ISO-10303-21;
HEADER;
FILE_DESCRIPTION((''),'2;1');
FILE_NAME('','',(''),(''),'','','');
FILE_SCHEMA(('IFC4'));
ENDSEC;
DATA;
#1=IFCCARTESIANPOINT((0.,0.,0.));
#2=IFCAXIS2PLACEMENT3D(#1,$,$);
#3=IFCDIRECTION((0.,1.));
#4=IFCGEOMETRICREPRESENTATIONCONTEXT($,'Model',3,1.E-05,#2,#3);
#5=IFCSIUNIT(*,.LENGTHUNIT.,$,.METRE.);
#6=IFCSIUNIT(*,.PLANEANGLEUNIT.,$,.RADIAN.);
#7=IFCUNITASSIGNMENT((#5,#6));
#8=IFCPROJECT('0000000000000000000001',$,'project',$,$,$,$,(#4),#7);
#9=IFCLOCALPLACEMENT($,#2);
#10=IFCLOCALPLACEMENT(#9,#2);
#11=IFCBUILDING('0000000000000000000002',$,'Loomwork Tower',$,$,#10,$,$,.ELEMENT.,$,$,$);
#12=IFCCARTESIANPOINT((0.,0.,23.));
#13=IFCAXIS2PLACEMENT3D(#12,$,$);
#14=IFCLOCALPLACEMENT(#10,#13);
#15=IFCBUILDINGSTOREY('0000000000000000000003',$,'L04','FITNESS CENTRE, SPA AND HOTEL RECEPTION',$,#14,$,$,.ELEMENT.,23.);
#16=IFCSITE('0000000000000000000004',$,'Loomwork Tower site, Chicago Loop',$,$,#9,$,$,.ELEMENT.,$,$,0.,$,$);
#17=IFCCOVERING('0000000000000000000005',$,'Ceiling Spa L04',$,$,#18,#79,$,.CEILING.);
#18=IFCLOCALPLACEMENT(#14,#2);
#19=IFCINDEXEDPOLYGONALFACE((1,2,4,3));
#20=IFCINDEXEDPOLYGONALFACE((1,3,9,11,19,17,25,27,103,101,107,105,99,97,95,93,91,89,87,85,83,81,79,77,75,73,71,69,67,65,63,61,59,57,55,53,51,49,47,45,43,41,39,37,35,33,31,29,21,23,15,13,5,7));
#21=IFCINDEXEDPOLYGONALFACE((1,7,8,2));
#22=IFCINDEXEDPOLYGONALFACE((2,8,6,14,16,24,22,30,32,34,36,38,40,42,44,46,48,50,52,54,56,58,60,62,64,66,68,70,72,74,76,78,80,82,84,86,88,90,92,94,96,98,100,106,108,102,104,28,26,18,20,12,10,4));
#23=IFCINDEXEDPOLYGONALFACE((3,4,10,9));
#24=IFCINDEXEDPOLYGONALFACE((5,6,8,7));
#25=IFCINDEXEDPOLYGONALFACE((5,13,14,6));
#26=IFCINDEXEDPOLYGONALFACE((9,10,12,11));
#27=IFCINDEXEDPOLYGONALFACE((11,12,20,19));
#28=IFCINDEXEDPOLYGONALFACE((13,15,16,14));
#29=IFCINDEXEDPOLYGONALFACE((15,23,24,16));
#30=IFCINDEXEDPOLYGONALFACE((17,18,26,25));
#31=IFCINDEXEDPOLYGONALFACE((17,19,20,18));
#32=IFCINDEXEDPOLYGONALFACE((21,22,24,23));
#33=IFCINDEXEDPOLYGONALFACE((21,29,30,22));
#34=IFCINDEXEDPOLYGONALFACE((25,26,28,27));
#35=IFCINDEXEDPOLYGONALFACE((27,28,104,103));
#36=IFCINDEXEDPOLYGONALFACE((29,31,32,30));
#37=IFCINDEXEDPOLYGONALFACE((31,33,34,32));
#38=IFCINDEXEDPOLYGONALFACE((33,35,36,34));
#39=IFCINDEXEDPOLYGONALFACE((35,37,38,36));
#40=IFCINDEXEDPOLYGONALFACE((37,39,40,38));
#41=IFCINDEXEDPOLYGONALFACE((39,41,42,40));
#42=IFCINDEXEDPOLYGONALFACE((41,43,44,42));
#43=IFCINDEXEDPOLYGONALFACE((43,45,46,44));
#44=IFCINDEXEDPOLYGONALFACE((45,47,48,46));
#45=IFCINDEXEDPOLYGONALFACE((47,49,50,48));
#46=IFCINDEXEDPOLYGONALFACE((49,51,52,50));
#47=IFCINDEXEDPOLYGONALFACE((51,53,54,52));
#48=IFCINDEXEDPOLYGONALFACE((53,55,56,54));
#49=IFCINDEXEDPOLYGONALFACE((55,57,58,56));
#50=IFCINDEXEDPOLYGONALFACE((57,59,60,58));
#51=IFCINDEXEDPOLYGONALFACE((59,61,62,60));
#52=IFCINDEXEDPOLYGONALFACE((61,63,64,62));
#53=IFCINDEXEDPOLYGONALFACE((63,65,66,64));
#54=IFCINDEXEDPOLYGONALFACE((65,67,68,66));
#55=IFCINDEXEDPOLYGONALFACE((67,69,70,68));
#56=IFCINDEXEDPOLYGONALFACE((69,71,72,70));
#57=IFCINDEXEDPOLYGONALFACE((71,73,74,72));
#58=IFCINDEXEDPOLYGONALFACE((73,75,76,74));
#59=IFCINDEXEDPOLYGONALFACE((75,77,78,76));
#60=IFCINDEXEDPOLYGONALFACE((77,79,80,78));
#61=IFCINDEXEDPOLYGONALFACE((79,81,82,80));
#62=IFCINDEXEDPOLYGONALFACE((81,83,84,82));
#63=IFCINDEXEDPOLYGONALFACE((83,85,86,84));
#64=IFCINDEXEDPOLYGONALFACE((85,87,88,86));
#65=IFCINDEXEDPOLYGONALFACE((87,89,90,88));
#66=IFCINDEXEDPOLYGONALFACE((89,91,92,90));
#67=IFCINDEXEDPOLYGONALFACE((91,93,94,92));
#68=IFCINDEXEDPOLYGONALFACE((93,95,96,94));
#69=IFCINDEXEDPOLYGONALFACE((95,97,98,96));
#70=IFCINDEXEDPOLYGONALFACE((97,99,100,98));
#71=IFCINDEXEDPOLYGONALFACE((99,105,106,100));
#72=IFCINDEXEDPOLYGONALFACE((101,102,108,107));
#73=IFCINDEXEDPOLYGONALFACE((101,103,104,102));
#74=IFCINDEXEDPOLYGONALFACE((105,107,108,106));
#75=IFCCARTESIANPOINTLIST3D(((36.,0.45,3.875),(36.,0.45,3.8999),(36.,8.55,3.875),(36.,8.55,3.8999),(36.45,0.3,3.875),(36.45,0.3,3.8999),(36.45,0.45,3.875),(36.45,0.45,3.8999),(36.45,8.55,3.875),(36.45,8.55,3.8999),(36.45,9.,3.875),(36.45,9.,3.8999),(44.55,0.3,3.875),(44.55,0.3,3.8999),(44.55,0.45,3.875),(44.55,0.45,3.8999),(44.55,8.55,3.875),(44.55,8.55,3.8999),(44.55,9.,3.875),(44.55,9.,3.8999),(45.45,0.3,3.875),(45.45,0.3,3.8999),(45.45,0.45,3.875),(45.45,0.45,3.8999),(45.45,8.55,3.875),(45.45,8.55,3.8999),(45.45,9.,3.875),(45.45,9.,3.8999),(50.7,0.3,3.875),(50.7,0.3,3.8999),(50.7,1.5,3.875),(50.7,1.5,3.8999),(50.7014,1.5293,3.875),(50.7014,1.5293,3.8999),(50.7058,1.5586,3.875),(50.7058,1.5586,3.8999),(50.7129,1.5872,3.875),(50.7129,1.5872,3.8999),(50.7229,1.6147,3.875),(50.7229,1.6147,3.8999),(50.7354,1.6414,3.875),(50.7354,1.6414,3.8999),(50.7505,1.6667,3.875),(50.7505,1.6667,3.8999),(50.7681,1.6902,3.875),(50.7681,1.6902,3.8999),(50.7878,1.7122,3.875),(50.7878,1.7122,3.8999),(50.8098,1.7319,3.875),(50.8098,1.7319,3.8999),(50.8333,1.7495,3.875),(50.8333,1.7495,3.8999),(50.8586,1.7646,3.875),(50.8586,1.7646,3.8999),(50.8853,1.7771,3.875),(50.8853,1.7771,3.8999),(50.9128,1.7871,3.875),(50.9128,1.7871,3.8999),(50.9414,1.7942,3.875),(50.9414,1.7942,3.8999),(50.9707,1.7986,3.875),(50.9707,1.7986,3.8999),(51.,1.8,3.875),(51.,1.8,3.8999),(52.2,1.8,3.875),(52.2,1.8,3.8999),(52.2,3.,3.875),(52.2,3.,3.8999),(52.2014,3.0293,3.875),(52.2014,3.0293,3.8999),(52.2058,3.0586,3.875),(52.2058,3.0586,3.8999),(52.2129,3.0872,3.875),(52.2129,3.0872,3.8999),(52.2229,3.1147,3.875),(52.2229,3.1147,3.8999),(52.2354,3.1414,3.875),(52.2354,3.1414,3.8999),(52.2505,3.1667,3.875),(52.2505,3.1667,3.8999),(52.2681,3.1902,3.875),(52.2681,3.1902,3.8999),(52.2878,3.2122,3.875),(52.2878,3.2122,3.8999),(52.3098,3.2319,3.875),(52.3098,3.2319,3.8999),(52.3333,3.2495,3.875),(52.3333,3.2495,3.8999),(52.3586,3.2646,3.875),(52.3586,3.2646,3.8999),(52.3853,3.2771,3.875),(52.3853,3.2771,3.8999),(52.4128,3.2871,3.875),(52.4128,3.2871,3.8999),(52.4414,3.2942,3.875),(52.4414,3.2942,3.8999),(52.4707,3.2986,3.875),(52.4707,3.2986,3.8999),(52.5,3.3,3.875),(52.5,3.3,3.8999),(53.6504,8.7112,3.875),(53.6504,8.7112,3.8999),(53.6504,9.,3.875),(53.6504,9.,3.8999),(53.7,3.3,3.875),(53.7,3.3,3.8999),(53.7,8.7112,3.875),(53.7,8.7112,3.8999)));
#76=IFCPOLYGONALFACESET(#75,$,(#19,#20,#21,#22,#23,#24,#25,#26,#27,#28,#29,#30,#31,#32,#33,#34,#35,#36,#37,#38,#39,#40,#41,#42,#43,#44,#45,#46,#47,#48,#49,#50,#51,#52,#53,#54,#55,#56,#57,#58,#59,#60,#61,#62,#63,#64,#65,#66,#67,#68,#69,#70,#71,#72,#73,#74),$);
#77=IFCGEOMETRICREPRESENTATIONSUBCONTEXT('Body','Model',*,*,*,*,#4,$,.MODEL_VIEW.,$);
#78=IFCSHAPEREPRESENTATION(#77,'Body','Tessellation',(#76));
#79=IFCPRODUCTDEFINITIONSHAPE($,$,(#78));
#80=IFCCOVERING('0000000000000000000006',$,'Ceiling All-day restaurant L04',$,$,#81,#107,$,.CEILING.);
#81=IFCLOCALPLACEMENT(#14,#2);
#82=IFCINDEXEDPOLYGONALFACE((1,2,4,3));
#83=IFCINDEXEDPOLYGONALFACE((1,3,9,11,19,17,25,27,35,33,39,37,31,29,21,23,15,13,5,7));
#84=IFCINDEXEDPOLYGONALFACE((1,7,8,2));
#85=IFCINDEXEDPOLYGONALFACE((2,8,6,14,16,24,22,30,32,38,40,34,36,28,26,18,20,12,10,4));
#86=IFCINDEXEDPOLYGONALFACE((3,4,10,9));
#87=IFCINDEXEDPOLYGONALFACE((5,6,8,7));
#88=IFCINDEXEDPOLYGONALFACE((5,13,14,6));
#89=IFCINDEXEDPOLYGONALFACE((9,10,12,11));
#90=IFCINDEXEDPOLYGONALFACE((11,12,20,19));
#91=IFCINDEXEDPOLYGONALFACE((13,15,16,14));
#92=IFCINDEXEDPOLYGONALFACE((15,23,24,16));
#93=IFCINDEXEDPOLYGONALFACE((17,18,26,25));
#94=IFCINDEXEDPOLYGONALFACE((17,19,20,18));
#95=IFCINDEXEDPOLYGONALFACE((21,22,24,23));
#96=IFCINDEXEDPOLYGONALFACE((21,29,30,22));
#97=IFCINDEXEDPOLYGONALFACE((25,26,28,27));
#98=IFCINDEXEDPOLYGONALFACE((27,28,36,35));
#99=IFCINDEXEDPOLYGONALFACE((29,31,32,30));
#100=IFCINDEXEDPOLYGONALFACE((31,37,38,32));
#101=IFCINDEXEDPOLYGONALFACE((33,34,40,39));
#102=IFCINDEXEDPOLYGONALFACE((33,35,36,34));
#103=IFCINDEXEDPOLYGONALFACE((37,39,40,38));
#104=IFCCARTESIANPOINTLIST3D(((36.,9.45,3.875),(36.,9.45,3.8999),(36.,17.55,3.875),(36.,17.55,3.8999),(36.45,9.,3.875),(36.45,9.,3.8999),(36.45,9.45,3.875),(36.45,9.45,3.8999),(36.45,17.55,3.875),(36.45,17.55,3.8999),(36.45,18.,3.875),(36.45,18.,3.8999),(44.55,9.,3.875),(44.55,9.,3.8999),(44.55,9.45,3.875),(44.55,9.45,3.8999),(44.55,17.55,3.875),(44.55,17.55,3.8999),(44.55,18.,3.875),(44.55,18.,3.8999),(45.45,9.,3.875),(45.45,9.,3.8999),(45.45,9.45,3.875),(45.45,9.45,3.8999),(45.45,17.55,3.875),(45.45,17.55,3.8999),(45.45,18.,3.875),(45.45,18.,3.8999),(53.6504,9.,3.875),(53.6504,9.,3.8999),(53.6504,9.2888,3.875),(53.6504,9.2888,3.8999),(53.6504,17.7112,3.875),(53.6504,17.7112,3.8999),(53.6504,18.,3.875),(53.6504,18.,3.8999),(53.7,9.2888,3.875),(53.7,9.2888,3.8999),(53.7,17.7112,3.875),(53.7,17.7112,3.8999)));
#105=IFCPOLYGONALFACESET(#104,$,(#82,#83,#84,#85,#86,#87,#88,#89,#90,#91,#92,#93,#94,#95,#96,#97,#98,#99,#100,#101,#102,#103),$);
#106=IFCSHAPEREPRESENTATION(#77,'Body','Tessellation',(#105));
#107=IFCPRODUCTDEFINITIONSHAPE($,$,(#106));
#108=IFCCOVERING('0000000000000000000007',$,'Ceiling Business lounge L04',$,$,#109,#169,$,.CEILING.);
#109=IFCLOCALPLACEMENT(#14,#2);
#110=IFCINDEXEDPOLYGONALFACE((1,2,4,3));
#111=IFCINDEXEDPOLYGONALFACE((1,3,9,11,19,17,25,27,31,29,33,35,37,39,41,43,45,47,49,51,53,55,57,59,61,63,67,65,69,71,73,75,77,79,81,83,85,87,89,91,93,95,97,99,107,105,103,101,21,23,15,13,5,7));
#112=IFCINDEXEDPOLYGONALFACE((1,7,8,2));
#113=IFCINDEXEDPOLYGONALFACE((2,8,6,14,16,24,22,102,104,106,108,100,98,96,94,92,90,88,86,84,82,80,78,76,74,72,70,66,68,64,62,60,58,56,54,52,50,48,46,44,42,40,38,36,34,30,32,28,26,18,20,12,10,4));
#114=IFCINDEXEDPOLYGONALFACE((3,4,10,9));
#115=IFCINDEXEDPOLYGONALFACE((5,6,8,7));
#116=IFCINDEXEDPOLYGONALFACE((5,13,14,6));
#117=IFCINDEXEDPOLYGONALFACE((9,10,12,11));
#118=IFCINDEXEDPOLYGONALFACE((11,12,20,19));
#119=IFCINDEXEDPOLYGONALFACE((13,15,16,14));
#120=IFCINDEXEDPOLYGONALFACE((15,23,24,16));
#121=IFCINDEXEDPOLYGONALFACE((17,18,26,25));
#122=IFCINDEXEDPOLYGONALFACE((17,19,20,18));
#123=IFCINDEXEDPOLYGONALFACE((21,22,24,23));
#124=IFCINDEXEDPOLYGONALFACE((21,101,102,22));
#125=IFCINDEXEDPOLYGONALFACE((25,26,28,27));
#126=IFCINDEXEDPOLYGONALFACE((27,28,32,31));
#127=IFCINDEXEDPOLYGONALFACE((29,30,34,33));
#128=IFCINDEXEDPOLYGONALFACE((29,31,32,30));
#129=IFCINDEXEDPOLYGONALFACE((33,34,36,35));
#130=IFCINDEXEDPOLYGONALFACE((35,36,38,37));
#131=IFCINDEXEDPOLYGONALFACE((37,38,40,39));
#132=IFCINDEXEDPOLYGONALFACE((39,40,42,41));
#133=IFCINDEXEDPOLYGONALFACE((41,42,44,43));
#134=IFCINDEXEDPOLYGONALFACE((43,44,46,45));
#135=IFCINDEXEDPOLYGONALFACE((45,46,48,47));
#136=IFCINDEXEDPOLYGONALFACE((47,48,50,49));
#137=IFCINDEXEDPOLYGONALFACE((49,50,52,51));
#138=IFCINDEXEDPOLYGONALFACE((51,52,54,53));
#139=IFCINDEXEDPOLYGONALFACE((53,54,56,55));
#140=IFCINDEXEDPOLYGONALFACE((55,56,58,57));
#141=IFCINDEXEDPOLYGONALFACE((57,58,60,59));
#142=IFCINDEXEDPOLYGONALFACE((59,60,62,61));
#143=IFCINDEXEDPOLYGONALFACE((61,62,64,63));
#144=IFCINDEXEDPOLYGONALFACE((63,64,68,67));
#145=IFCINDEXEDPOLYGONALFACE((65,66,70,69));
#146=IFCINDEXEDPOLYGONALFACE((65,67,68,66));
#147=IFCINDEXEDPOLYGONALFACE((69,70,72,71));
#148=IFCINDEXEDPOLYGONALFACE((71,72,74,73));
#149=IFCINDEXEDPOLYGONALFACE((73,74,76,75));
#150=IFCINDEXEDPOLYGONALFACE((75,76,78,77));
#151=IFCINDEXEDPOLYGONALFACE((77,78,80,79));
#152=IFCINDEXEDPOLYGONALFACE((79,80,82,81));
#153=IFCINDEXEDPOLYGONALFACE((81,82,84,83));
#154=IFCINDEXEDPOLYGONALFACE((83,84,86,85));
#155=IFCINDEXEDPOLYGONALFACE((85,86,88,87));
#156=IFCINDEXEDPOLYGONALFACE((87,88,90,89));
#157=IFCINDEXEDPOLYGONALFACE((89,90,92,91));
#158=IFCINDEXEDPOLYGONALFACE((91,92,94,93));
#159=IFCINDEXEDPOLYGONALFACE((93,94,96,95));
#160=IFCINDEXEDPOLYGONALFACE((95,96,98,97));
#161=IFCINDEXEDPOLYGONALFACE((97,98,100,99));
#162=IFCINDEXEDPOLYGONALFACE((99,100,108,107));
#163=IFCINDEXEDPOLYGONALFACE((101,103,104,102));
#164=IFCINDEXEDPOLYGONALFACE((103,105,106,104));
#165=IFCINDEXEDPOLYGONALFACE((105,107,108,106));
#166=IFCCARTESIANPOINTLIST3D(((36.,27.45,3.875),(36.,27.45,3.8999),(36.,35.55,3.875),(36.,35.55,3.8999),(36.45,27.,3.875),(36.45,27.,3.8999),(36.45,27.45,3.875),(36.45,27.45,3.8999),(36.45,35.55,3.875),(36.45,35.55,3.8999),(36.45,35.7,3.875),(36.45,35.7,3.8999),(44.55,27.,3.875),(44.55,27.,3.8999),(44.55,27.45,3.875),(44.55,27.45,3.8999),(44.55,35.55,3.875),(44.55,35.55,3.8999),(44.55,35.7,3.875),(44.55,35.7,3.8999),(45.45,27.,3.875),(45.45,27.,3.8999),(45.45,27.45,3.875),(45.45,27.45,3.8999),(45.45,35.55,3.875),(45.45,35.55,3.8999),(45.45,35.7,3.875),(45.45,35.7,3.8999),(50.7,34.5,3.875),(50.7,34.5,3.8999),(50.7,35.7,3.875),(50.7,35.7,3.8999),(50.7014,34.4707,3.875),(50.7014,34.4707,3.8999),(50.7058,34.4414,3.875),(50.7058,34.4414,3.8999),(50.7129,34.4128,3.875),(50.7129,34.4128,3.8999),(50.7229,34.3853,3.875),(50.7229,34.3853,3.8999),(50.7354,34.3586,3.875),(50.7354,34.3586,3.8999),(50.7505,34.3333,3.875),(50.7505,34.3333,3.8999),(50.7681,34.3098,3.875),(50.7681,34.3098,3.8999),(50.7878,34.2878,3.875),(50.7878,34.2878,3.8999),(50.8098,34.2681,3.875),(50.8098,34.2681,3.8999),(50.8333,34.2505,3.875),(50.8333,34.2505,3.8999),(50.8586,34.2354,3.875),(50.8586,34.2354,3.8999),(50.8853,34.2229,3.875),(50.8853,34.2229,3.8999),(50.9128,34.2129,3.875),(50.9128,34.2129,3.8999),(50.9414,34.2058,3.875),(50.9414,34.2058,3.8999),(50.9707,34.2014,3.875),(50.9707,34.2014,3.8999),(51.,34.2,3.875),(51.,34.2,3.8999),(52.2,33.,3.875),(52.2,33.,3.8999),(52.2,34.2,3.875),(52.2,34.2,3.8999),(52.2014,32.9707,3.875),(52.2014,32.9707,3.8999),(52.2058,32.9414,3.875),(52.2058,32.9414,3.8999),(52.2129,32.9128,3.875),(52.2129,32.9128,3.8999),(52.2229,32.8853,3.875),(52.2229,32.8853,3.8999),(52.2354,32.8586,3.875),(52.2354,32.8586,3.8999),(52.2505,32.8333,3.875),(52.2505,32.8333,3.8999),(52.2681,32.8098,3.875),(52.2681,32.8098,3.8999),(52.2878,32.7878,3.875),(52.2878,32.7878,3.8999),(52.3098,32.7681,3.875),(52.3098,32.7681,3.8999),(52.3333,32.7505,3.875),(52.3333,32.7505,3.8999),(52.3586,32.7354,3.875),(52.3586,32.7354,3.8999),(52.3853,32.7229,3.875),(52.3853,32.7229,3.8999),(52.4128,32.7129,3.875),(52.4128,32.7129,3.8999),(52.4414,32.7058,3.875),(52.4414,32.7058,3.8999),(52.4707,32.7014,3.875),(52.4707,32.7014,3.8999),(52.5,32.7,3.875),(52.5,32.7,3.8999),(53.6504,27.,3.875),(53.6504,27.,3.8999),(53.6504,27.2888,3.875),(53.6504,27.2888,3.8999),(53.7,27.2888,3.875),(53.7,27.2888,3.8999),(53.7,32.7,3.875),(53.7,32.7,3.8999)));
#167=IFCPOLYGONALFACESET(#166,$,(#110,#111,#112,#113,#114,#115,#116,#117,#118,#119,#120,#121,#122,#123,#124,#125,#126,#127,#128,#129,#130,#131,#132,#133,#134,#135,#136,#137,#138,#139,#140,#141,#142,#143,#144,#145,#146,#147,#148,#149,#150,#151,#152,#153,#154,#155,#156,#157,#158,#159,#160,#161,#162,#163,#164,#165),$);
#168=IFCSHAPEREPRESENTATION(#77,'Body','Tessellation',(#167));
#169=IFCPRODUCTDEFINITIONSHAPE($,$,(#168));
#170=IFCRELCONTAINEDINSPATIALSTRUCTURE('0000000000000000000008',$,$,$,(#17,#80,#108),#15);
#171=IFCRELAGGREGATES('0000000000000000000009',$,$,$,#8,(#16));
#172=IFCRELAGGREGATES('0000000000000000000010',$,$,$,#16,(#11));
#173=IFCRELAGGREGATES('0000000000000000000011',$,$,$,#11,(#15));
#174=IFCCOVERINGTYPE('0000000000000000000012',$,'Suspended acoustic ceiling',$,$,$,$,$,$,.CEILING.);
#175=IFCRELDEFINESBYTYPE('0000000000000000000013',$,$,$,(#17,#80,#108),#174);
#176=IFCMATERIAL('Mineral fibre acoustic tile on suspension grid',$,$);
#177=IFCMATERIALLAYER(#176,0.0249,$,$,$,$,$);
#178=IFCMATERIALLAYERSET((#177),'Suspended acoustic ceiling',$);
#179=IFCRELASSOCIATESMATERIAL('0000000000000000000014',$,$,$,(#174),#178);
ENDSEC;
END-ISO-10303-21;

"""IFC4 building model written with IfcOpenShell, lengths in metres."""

from ifc_helpers import new_model, si_unit, direction, frame, origin, place, context, subcontext, project, spatial, polyline, outline, extrude, material, layer, layer_set, type_object, element, save


model = new_model("IFC4")

# Units and contexts
model_context = context("Model", 3, precision=1e-05, world=origin(), true_north=direction((0.0, 1.0)))
body_context = subcontext(model_context, "Body", "Model", "MODEL_VIEW")
ifc_project = project(units=[si_unit("LENGTHUNIT", "METRE"), si_unit("PLANEANGLEUNIT", "RADIAN")], contexts=[model_context])

# Site, building, storey
site_placement = place(None, origin())
site = spatial("IfcSite", under=ifc_project, at=site_placement, Name="Loomwork Tower site, Chicago Loop", CompositionType="ELEMENT", RefElevation=0.0)
building_placement = place(site_placement, origin())
building = spatial("IfcBuilding", under=site, at=building_placement, Name="Loomwork Tower", CompositionType="ELEMENT")
storey_placement = place(building_placement, frame((0.0, 0.0, 23.0)))
storey = spatial("IfcBuildingStorey", under=building, at=storey_placement, Name="L04", Description="FITNESS CENTRE, SPA AND HOTEL RECEPTION", CompositionType="ELEMENT", Elevation=23.0)

# Coverings
ifc_material_1 = material(Name="Mineral fibre acoustic tile on suspension grid")
ifc_layer_1 = layer(ifc_material_1, 0.0249)
ifc_layer_set_1 = layer_set([ifc_layer_1], Name="Suspended acoustic ceiling")
covering_type = type_object("IfcCoveringType", Name="Suspended acoustic ceiling", PredefinedType="CEILING", material=ifc_layer_set_1)
covering_1_placement = place(storey_placement, frame((0.0, 0.0, 3.875)))
element("IfcCovering", 1, at=covering_1_placement, inside=storey, type_object=covering_type, Name="Ceiling Spa L04", PredefinedType="CEILING", context=body_context, shape_type="SweptSolid", body=[
    extrude(outline(polyline([(53.7, 3.3), (52.5, 3.3), (52.4707, 3.2986), (52.4414, 3.2942), (52.4128, 3.2871), (52.3853, 3.2771), (52.3586, 3.2646), (52.3333, 3.2495), (52.3098, 3.2319), (52.2878, 3.2122), (52.2681, 3.1902), (52.2505, 3.1667), (52.2354, 3.1414), (52.2229, 3.1147), (52.2129, 3.0872), (52.2058, 3.0586), (52.2014, 3.0293), (52.2, 3.0), (52.2, 1.8), (51.0, 1.8), (50.9707, 1.7986), (50.9414, 1.7942), (50.9128, 1.7871), (50.8853, 1.7771), (50.8586, 1.7646), (50.8333, 1.7495), (50.8098, 1.7319), (50.7878, 1.7122), (50.7681, 1.6902), (50.7505, 1.6667), (50.7354, 1.6414), (50.7229, 1.6147), (50.7129, 1.5872), (50.7058, 1.5586), (50.7014, 1.5293), (50.7, 1.5), (50.7, 0.3), (45.45, 0.3), (45.45, 0.45), (44.55, 0.45), (44.55, 0.3), (36.45, 0.3), (36.45, 0.45), (36.0, 0.45), (36.0, 8.55), (36.45, 8.55), (36.45, 9.0), (44.55, 9.0), (44.55, 8.55), (45.45, 8.55), (45.45, 9.0), (53.6504, 9.0), (53.6504, 8.7112), (53.7, 8.7112), (53.7, 3.3)])), origin(), (0.0, 0.0, 1.0), 0.0249),
])
covering_2_placement = place(storey_placement, frame((0.0, 0.0, 3.875)))
element("IfcCovering", 2, at=covering_2_placement, inside=storey, type_object=covering_type, Name="Ceiling All-day restaurant L04", PredefinedType="CEILING", context=body_context, shape_type="SweptSolid", body=[
    extrude(outline(polyline([(44.55, 18.0), (44.55, 17.55), (45.45, 17.55), (45.45, 18.0), (53.6504, 18.0), (53.6504, 17.7112), (53.7, 17.7112), (53.7, 9.2888), (53.6504, 9.2888), (53.6504, 9.0), (45.45, 9.0), (45.45, 9.45), (44.55, 9.45), (44.55, 9.0), (36.45, 9.0), (36.45, 9.45), (36.0, 9.45), (36.0, 17.55), (36.45, 17.55), (36.45, 18.0), (44.55, 18.0)])), origin(), (0.0, 0.0, 1.0), 0.0249),
])
covering_3_placement = place(storey_placement, frame((0.0, 0.0, 3.875)))
element("IfcCovering", 3, at=covering_3_placement, inside=storey, type_object=covering_type, Name="Ceiling Business lounge L04", PredefinedType="CEILING", context=body_context, shape_type="SweptSolid", body=[
    extrude(outline(polyline([(44.55, 35.7), (44.55, 35.55), (45.45, 35.55), (45.45, 35.7), (50.7, 35.7), (50.7, 34.5), (50.7014, 34.4707), (50.7058, 34.4414), (50.7129, 34.4128), (50.7229, 34.3853), (50.7354, 34.3586), (50.7505, 34.3333), (50.7681, 34.3098), (50.7878, 34.2878), (50.8098, 34.2681), (50.8333, 34.2505), (50.8586, 34.2354), (50.8853, 34.2229), (50.9128, 34.2129), (50.9414, 34.2058), (50.9707, 34.2014), (51.0, 34.2), (52.2, 34.2), (52.2, 33.0), (52.2014, 32.9707), (52.2058, 32.9414), (52.2129, 32.9128), (52.2229, 32.8853), (52.2354, 32.8586), (52.2505, 32.8333), (52.2681, 32.8098), (52.2878, 32.7878), (52.3098, 32.7681), (52.3333, 32.7505), (52.3586, 32.7354), (52.3853, 32.7229), (52.4128, 32.7129), (52.4414, 32.7058), (52.4707, 32.7014), (52.5, 32.7), (53.7, 32.7), (53.7, 27.2888), (53.6504, 27.2888), (53.6504, 27.0), (45.45, 27.0), (45.45, 27.45), (44.55, 27.45), (44.55, 27.0), (36.45, 27.0), (36.45, 27.45), (36.0, 27.45), (36.0, 35.55), (36.45, 35.55), (36.45, 35.7), (44.55, 35.7)])), origin(), (0.0, 0.0, 1.0), 0.0249),
])

save(model, "model.ifc")
